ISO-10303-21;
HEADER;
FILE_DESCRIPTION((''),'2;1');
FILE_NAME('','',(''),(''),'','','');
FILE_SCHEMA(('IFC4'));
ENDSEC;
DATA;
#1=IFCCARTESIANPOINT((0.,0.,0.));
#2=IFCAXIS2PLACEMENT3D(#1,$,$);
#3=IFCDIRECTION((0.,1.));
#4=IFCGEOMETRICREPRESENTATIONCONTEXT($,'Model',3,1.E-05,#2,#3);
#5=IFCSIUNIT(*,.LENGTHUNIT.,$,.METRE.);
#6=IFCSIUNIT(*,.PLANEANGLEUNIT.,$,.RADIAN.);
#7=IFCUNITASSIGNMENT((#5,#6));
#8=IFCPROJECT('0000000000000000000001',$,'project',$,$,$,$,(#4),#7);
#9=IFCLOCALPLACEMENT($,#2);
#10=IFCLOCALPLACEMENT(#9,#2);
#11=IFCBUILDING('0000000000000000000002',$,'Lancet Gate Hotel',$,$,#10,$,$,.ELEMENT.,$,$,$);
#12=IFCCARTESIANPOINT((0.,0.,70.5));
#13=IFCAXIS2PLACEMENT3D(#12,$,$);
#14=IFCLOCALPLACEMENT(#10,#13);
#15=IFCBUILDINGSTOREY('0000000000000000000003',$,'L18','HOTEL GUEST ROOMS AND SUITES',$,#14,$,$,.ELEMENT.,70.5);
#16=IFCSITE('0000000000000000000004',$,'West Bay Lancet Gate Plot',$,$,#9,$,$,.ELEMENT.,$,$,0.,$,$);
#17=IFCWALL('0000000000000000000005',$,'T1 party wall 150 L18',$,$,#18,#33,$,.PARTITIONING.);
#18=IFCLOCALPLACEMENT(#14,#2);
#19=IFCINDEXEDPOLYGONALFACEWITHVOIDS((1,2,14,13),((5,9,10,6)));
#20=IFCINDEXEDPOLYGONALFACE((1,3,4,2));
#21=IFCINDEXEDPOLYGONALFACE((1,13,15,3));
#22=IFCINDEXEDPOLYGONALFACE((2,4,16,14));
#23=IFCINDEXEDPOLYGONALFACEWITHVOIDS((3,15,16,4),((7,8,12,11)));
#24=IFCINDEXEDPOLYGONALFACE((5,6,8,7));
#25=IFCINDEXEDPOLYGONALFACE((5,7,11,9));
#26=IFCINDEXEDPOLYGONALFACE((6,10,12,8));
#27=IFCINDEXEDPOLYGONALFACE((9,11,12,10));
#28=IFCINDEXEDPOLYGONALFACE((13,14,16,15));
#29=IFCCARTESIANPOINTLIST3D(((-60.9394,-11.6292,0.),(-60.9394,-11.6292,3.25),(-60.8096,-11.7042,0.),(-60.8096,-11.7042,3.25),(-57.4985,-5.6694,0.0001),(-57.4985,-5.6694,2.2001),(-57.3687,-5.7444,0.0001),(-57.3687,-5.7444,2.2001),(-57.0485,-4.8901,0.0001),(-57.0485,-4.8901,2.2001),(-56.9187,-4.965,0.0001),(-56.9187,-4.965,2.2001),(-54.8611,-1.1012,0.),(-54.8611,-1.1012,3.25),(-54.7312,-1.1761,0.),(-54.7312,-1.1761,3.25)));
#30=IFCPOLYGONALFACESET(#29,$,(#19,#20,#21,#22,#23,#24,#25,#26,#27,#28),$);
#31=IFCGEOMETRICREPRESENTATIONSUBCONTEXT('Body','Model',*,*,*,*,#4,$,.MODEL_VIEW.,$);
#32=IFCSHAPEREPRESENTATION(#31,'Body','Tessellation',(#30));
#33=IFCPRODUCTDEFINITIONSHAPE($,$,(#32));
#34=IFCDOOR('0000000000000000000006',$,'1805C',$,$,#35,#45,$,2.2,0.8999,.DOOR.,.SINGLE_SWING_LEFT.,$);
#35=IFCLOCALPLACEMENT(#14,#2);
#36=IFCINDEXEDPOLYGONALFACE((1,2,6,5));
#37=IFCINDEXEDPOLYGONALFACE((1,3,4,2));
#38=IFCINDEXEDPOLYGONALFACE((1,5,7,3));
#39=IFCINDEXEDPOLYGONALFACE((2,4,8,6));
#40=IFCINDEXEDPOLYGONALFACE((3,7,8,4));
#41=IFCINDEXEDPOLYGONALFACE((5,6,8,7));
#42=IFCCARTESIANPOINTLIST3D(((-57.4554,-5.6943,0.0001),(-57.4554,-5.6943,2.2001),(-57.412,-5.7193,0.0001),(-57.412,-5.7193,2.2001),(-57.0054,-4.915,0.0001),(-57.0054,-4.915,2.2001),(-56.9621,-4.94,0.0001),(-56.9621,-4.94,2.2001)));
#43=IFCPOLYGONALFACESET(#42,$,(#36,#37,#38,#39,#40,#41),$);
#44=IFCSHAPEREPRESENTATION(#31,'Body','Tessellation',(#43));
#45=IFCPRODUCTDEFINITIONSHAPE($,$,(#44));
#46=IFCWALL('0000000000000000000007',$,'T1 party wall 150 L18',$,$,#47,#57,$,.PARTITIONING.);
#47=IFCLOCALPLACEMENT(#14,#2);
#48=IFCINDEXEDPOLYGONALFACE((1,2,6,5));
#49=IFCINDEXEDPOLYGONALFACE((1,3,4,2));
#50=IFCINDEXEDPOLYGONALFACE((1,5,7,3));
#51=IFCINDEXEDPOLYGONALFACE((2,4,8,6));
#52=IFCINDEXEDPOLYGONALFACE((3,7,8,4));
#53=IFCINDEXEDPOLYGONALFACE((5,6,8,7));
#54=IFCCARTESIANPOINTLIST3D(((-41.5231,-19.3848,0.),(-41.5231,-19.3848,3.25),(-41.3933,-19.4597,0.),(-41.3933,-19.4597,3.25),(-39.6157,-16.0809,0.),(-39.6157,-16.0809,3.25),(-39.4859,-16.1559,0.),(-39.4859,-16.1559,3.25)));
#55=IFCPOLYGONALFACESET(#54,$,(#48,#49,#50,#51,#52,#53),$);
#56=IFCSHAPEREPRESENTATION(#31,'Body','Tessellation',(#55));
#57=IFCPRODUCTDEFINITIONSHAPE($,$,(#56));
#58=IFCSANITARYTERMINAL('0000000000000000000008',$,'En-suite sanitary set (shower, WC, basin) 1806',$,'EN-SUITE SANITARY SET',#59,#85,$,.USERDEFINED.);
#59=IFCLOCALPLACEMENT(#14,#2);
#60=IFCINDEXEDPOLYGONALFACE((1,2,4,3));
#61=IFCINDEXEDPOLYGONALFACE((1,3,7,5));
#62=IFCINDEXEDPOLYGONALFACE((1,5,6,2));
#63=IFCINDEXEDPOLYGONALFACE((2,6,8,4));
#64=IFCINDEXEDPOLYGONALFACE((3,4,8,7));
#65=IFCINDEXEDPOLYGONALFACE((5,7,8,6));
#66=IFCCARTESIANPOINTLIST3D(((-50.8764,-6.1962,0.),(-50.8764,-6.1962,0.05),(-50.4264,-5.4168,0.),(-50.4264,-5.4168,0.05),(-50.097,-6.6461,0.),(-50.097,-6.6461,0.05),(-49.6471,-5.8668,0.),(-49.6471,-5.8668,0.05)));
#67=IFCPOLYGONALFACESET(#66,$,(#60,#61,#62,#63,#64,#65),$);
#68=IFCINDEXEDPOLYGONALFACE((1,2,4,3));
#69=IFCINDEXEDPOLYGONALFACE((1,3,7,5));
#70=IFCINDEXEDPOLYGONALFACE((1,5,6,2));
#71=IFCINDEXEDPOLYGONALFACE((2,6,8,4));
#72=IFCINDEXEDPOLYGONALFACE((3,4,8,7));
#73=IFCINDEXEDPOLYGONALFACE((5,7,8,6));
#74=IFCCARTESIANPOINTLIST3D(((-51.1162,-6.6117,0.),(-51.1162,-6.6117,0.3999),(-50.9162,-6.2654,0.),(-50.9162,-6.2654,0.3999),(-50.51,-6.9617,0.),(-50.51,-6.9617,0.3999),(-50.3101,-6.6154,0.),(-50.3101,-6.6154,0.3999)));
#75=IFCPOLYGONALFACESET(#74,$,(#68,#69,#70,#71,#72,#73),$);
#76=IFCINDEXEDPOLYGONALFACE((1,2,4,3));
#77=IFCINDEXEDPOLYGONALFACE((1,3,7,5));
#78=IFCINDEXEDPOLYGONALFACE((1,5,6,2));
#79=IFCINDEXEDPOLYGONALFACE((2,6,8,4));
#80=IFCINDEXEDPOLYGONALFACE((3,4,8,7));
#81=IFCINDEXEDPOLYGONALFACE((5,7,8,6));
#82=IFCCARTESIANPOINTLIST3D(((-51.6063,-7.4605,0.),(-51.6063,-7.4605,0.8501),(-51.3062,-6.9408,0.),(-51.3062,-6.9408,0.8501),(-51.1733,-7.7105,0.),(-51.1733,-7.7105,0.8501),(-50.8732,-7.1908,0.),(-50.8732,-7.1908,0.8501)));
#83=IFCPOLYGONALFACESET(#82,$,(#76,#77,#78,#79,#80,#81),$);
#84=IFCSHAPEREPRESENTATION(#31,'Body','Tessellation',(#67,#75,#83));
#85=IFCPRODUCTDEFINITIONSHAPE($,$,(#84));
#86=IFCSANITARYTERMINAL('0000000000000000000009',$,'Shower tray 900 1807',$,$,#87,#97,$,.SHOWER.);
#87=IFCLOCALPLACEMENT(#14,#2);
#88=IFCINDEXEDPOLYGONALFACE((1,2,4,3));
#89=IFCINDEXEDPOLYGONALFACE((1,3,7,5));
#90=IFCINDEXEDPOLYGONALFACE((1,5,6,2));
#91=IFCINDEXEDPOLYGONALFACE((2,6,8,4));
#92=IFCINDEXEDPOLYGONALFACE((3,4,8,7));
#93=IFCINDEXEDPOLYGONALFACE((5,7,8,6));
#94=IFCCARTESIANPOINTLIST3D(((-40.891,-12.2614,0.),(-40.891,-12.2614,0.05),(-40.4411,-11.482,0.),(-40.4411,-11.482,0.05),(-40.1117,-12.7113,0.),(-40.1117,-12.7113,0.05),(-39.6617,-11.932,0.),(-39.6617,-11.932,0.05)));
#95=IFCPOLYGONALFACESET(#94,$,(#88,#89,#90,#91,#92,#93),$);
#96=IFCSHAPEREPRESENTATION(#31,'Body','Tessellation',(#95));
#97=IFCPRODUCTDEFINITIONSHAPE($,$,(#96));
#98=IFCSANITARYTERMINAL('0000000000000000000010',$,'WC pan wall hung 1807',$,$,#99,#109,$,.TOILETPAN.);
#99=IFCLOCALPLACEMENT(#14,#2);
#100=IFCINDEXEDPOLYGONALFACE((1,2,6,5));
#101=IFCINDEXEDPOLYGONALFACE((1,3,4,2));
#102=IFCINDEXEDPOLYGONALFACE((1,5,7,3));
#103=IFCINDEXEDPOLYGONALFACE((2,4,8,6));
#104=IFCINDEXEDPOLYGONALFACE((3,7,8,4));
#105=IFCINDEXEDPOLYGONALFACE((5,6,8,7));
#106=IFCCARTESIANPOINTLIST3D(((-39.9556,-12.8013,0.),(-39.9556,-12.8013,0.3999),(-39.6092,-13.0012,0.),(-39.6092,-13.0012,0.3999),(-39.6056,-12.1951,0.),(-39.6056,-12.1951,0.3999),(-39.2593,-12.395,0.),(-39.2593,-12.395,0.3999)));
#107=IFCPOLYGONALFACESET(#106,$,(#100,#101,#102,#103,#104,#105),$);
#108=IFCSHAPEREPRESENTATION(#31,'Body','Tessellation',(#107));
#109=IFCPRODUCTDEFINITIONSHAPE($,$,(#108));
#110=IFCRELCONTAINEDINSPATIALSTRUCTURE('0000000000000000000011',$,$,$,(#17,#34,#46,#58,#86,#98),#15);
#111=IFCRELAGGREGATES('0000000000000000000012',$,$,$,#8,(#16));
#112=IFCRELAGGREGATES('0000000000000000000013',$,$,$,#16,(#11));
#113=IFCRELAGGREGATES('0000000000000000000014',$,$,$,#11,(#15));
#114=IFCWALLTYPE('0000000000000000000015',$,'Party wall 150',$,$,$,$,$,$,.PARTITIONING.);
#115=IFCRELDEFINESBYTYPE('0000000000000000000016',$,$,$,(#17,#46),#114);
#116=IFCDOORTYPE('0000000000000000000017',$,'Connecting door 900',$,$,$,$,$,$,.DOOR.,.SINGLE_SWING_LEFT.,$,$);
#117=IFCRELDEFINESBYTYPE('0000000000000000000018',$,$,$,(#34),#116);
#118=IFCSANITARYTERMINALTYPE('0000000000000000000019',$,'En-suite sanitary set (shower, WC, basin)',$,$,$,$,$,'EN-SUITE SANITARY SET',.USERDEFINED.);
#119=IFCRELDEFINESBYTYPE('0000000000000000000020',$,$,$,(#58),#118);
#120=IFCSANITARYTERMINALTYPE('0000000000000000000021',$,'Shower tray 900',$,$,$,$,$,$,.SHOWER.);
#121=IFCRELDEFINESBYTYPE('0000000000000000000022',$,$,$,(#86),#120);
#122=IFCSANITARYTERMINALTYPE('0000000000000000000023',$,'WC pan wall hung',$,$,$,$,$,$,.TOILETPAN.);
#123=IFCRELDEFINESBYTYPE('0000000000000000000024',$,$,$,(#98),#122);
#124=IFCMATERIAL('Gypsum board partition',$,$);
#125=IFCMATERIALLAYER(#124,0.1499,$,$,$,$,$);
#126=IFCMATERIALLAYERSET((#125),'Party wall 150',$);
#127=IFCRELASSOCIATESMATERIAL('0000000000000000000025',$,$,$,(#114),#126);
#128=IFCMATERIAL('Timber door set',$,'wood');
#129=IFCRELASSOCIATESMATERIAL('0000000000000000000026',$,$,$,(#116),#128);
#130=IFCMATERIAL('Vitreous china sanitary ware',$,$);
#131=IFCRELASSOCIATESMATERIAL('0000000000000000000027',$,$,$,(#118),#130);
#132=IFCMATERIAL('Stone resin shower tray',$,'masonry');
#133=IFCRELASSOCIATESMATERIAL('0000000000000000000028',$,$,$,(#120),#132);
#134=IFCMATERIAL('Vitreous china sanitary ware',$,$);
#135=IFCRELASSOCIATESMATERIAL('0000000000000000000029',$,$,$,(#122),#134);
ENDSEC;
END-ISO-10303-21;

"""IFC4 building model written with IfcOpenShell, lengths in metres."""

from ifc_helpers import new_model, si_unit, direction, frame, frame_2d, origin, origin_2d, place, context, subcontext, project, spatial, rectangle, extrude, material, layer, layer_set, type_object, element, fill, save


model = new_model("IFC4")

# Units and contexts
model_context = context("Model", 3, precision=1e-05, world=origin(), true_north=direction((0.0, 1.0)))
body_context = subcontext(model_context, "Body", "Model", "MODEL_VIEW")
ifc_project = project(units=[si_unit("LENGTHUNIT", "METRE"), si_unit("PLANEANGLEUNIT", "RADIAN")], contexts=[model_context])

# Site, building, storey
site_placement = place(None, origin())
site = spatial("IfcSite", under=ifc_project, at=site_placement, Name="West Bay Lancet Gate Plot", CompositionType="ELEMENT", RefElevation=0.0)
building_placement = place(site_placement, origin())
building = spatial("IfcBuilding", under=site, at=building_placement, Name="Lancet Gate Hotel", CompositionType="ELEMENT")
storey_placement = place(building_placement, frame((0.0, 0.0, 70.5)))
storey = spatial("IfcBuildingStorey", under=building, at=storey_placement, Name="L18", Description="HOTEL GUEST ROOMS AND SUITES", CompositionType="ELEMENT", Elevation=70.5)

# Shared definitions
ifc_material_1 = material(Name="Gypsum board partition")
ifc_layer_1 = layer(ifc_material_1, 0.1499)
ifc_layer_set_1 = layer_set([ifc_layer_1], Name="Party wall 150")
wall_type_1 = type_object("IfcWallType", Name="Party wall 150", PredefinedType="PARTITIONING", material=ifc_layer_set_1)

# Wall, opening, door
wall_1_placement = place(storey_placement, frame((-54.7961, -1.1387, 0.0), z_axis=(0.0, 0.0, 1.0), x_axis=(-0.499999, -0.866026, 0.0)))
wall_1 = element("IfcWall", 1, at=wall_1_placement, inside=storey, type_object=wall_type_1, Name="T1 party wall 150 L18", PredefinedType="PARTITIONING", context=body_context, shape_type="SweptSolid", body=[
    extrude(rectangle(XDim=12.1567, YDim=0.1499, at=frame_2d((6.0784, 0.0))), origin(), (0.0, 0.0, 1.0), 3.25),
])
opening_1_placement = place(wall_1_placement, frame((4.375, 0.0, 0.0)))
opening_1 = element("IfcOpeningElement", 2, at=opening_1_placement, cuts=wall_1, PredefinedType="OPENING", context=body_context, shape_type="SweptSolid", body=[
    extrude(rectangle(XDim=0.8999, YDim=2.2, at=frame_2d((0.45, 1.1001))), frame((0.0, 0.085, 0.0), z_axis=(0.0, -1.0, 0.0), x_axis=(1.0, 0.0, 0.0)), (0.0, 0.0, 1.0), 0.1699),
])
ifc_material_2 = material(Name="Timber door set", Category="wood")
door_type_1 = type_object("IfcDoorType", Name="Connecting door 900", OperationType="SINGLE_SWING_LEFT", PredefinedType="DOOR", material=ifc_material_2)
door_1_placement = place(opening_1_placement, origin())
door_1 = element("IfcDoor", 3, at=door_1_placement, inside=storey, type_object=door_type_1, Name="1805C", OperationType="SINGLE_SWING_LEFT", OverallHeight=2.2, OverallWidth=0.8999, PredefinedType="DOOR", context=body_context, shape_type="SweptSolid", body=[
    extrude(rectangle(XDim=0.8999, YDim=2.2, at=frame_2d((0.45, 1.1001))), frame((0.0, 0.0249, 0.0), z_axis=(0.0, -1.0, 0.0), x_axis=(1.0, 0.0, 0.0)), (0.0, 0.0, 1.0), 0.05),
])
fill(opening_1, door_1)

# Wall
wall_2_placement = place(storey_placement, frame((-39.5508, -16.1184, 0.0), z_axis=(0.0, 0.0, 1.0), x_axis=(-0.499987, -0.866033, 0.0)))
element("IfcWall", 4, at=wall_2_placement, inside=storey, type_object=wall_type_1, Name="T1 party wall 150 L18", PredefinedType="PARTITIONING", context=body_context, shape_type="SweptSolid", body=[
    extrude(rectangle(XDim=3.8149, YDim=0.1499, at=frame_2d((1.9075, 0.0))), origin(), (0.0, 0.0, 1.0), 3.25),
])

# Sanitary terminals
ifc_material_3 = material(Name="Vitreous china sanitary ware")
sanitary_terminal_type_1 = type_object("IfcSanitaryTerminalType", Name="En-suite sanitary set (shower, WC, basin)", ElementType="EN-SUITE SANITARY SET", PredefinedType="USERDEFINED", material=ifc_material_3)
sanitary_terminal_1_placement = place(storey_placement, frame((-50.2617, -6.0315, 0.0), z_axis=(0.0, 0.0, 1.0), x_axis=(1.0, 0.0, 0.0)))
element("IfcSanitaryTerminal", 5, at=sanitary_terminal_1_placement, inside=storey, type_object=sanitary_terminal_type_1, Name="En-suite sanitary set (shower, WC, basin) 1806", ObjectType="EN-SUITE SANITARY SET", PredefinedType="USERDEFINED", context=body_context, shape_type="SweptSolid", body=[
    extrude(rectangle(XDim=0.8999, YDim=0.8999, at=origin_2d()), frame((0.0, 0.0, 0.0), z_axis=(0.0, 0.0, 1.0), x_axis=(0.5, 0.866025, 0.0)), (0.0, 0.0, 1.0), 0.05),
    extrude(rectangle(XDim=0.3999, YDim=0.7, at=origin_2d()), frame((-0.4514, -0.582, 0.0), z_axis=(0.0, 0.0, 1.0), x_axis=(0.5, 0.866025, 0.0)), (0.0, 0.0, 1.0), 0.3999),
    extrude(rectangle(XDim=0.6001, YDim=0.5, at=origin_2d()), frame((-0.978, -1.2942, 0.0), z_axis=(0.0, 0.0, 1.0), x_axis=(0.5, 0.866025, 0.0)), (0.0, 0.0, 1.0), 0.8501),
])
ifc_material_4 = material(Name="Stone resin shower tray", Category="masonry")
sanitary_terminal_type_2 = type_object("IfcSanitaryTerminalType", Name="Shower tray 900", PredefinedType="SHOWER", material=ifc_material_4)
sanitary_terminal_2_placement = place(storey_placement, frame((-40.2764, -12.0967, 0.0), z_axis=(0.0, 0.0, 1.0), x_axis=(-0.866025, 0.5, 0.0)))
element("IfcSanitaryTerminal", 6, at=sanitary_terminal_2_placement, inside=storey, type_object=sanitary_terminal_type_2, Name="Shower tray 900 1807", PredefinedType="SHOWER", context=body_context, shape_type="SweptSolid", body=[
    extrude(rectangle(XDim=0.8999, YDim=0.8999, at=origin_2d()), origin(), (0.0, 0.0, 1.0), 0.05),
])
ifc_material_5 = material(Name="Vitreous china sanitary ware")
sanitary_terminal_type_3 = type_object("IfcSanitaryTerminalType", Name="WC pan wall hung", PredefinedType="TOILETPAN", material=ifc_material_5)
sanitary_terminal_3_placement = place(storey_placement, frame((-39.6074, -12.5981, 0.0), z_axis=(0.0, 0.0, 1.0), x_axis=(-0.866025, 0.5, 0.0)))
element("IfcSanitaryTerminal", 7, at=sanitary_terminal_3_placement, inside=storey, type_object=sanitary_terminal_type_3, Name="WC pan wall hung 1807", PredefinedType="TOILETPAN", context=body_context, shape_type="SweptSolid", body=[
    extrude(rectangle(XDim=0.3999, YDim=0.7, at=origin_2d()), origin(), (0.0, 0.0, 1.0), 0.3999),
])

save(model, "model.ifc")
